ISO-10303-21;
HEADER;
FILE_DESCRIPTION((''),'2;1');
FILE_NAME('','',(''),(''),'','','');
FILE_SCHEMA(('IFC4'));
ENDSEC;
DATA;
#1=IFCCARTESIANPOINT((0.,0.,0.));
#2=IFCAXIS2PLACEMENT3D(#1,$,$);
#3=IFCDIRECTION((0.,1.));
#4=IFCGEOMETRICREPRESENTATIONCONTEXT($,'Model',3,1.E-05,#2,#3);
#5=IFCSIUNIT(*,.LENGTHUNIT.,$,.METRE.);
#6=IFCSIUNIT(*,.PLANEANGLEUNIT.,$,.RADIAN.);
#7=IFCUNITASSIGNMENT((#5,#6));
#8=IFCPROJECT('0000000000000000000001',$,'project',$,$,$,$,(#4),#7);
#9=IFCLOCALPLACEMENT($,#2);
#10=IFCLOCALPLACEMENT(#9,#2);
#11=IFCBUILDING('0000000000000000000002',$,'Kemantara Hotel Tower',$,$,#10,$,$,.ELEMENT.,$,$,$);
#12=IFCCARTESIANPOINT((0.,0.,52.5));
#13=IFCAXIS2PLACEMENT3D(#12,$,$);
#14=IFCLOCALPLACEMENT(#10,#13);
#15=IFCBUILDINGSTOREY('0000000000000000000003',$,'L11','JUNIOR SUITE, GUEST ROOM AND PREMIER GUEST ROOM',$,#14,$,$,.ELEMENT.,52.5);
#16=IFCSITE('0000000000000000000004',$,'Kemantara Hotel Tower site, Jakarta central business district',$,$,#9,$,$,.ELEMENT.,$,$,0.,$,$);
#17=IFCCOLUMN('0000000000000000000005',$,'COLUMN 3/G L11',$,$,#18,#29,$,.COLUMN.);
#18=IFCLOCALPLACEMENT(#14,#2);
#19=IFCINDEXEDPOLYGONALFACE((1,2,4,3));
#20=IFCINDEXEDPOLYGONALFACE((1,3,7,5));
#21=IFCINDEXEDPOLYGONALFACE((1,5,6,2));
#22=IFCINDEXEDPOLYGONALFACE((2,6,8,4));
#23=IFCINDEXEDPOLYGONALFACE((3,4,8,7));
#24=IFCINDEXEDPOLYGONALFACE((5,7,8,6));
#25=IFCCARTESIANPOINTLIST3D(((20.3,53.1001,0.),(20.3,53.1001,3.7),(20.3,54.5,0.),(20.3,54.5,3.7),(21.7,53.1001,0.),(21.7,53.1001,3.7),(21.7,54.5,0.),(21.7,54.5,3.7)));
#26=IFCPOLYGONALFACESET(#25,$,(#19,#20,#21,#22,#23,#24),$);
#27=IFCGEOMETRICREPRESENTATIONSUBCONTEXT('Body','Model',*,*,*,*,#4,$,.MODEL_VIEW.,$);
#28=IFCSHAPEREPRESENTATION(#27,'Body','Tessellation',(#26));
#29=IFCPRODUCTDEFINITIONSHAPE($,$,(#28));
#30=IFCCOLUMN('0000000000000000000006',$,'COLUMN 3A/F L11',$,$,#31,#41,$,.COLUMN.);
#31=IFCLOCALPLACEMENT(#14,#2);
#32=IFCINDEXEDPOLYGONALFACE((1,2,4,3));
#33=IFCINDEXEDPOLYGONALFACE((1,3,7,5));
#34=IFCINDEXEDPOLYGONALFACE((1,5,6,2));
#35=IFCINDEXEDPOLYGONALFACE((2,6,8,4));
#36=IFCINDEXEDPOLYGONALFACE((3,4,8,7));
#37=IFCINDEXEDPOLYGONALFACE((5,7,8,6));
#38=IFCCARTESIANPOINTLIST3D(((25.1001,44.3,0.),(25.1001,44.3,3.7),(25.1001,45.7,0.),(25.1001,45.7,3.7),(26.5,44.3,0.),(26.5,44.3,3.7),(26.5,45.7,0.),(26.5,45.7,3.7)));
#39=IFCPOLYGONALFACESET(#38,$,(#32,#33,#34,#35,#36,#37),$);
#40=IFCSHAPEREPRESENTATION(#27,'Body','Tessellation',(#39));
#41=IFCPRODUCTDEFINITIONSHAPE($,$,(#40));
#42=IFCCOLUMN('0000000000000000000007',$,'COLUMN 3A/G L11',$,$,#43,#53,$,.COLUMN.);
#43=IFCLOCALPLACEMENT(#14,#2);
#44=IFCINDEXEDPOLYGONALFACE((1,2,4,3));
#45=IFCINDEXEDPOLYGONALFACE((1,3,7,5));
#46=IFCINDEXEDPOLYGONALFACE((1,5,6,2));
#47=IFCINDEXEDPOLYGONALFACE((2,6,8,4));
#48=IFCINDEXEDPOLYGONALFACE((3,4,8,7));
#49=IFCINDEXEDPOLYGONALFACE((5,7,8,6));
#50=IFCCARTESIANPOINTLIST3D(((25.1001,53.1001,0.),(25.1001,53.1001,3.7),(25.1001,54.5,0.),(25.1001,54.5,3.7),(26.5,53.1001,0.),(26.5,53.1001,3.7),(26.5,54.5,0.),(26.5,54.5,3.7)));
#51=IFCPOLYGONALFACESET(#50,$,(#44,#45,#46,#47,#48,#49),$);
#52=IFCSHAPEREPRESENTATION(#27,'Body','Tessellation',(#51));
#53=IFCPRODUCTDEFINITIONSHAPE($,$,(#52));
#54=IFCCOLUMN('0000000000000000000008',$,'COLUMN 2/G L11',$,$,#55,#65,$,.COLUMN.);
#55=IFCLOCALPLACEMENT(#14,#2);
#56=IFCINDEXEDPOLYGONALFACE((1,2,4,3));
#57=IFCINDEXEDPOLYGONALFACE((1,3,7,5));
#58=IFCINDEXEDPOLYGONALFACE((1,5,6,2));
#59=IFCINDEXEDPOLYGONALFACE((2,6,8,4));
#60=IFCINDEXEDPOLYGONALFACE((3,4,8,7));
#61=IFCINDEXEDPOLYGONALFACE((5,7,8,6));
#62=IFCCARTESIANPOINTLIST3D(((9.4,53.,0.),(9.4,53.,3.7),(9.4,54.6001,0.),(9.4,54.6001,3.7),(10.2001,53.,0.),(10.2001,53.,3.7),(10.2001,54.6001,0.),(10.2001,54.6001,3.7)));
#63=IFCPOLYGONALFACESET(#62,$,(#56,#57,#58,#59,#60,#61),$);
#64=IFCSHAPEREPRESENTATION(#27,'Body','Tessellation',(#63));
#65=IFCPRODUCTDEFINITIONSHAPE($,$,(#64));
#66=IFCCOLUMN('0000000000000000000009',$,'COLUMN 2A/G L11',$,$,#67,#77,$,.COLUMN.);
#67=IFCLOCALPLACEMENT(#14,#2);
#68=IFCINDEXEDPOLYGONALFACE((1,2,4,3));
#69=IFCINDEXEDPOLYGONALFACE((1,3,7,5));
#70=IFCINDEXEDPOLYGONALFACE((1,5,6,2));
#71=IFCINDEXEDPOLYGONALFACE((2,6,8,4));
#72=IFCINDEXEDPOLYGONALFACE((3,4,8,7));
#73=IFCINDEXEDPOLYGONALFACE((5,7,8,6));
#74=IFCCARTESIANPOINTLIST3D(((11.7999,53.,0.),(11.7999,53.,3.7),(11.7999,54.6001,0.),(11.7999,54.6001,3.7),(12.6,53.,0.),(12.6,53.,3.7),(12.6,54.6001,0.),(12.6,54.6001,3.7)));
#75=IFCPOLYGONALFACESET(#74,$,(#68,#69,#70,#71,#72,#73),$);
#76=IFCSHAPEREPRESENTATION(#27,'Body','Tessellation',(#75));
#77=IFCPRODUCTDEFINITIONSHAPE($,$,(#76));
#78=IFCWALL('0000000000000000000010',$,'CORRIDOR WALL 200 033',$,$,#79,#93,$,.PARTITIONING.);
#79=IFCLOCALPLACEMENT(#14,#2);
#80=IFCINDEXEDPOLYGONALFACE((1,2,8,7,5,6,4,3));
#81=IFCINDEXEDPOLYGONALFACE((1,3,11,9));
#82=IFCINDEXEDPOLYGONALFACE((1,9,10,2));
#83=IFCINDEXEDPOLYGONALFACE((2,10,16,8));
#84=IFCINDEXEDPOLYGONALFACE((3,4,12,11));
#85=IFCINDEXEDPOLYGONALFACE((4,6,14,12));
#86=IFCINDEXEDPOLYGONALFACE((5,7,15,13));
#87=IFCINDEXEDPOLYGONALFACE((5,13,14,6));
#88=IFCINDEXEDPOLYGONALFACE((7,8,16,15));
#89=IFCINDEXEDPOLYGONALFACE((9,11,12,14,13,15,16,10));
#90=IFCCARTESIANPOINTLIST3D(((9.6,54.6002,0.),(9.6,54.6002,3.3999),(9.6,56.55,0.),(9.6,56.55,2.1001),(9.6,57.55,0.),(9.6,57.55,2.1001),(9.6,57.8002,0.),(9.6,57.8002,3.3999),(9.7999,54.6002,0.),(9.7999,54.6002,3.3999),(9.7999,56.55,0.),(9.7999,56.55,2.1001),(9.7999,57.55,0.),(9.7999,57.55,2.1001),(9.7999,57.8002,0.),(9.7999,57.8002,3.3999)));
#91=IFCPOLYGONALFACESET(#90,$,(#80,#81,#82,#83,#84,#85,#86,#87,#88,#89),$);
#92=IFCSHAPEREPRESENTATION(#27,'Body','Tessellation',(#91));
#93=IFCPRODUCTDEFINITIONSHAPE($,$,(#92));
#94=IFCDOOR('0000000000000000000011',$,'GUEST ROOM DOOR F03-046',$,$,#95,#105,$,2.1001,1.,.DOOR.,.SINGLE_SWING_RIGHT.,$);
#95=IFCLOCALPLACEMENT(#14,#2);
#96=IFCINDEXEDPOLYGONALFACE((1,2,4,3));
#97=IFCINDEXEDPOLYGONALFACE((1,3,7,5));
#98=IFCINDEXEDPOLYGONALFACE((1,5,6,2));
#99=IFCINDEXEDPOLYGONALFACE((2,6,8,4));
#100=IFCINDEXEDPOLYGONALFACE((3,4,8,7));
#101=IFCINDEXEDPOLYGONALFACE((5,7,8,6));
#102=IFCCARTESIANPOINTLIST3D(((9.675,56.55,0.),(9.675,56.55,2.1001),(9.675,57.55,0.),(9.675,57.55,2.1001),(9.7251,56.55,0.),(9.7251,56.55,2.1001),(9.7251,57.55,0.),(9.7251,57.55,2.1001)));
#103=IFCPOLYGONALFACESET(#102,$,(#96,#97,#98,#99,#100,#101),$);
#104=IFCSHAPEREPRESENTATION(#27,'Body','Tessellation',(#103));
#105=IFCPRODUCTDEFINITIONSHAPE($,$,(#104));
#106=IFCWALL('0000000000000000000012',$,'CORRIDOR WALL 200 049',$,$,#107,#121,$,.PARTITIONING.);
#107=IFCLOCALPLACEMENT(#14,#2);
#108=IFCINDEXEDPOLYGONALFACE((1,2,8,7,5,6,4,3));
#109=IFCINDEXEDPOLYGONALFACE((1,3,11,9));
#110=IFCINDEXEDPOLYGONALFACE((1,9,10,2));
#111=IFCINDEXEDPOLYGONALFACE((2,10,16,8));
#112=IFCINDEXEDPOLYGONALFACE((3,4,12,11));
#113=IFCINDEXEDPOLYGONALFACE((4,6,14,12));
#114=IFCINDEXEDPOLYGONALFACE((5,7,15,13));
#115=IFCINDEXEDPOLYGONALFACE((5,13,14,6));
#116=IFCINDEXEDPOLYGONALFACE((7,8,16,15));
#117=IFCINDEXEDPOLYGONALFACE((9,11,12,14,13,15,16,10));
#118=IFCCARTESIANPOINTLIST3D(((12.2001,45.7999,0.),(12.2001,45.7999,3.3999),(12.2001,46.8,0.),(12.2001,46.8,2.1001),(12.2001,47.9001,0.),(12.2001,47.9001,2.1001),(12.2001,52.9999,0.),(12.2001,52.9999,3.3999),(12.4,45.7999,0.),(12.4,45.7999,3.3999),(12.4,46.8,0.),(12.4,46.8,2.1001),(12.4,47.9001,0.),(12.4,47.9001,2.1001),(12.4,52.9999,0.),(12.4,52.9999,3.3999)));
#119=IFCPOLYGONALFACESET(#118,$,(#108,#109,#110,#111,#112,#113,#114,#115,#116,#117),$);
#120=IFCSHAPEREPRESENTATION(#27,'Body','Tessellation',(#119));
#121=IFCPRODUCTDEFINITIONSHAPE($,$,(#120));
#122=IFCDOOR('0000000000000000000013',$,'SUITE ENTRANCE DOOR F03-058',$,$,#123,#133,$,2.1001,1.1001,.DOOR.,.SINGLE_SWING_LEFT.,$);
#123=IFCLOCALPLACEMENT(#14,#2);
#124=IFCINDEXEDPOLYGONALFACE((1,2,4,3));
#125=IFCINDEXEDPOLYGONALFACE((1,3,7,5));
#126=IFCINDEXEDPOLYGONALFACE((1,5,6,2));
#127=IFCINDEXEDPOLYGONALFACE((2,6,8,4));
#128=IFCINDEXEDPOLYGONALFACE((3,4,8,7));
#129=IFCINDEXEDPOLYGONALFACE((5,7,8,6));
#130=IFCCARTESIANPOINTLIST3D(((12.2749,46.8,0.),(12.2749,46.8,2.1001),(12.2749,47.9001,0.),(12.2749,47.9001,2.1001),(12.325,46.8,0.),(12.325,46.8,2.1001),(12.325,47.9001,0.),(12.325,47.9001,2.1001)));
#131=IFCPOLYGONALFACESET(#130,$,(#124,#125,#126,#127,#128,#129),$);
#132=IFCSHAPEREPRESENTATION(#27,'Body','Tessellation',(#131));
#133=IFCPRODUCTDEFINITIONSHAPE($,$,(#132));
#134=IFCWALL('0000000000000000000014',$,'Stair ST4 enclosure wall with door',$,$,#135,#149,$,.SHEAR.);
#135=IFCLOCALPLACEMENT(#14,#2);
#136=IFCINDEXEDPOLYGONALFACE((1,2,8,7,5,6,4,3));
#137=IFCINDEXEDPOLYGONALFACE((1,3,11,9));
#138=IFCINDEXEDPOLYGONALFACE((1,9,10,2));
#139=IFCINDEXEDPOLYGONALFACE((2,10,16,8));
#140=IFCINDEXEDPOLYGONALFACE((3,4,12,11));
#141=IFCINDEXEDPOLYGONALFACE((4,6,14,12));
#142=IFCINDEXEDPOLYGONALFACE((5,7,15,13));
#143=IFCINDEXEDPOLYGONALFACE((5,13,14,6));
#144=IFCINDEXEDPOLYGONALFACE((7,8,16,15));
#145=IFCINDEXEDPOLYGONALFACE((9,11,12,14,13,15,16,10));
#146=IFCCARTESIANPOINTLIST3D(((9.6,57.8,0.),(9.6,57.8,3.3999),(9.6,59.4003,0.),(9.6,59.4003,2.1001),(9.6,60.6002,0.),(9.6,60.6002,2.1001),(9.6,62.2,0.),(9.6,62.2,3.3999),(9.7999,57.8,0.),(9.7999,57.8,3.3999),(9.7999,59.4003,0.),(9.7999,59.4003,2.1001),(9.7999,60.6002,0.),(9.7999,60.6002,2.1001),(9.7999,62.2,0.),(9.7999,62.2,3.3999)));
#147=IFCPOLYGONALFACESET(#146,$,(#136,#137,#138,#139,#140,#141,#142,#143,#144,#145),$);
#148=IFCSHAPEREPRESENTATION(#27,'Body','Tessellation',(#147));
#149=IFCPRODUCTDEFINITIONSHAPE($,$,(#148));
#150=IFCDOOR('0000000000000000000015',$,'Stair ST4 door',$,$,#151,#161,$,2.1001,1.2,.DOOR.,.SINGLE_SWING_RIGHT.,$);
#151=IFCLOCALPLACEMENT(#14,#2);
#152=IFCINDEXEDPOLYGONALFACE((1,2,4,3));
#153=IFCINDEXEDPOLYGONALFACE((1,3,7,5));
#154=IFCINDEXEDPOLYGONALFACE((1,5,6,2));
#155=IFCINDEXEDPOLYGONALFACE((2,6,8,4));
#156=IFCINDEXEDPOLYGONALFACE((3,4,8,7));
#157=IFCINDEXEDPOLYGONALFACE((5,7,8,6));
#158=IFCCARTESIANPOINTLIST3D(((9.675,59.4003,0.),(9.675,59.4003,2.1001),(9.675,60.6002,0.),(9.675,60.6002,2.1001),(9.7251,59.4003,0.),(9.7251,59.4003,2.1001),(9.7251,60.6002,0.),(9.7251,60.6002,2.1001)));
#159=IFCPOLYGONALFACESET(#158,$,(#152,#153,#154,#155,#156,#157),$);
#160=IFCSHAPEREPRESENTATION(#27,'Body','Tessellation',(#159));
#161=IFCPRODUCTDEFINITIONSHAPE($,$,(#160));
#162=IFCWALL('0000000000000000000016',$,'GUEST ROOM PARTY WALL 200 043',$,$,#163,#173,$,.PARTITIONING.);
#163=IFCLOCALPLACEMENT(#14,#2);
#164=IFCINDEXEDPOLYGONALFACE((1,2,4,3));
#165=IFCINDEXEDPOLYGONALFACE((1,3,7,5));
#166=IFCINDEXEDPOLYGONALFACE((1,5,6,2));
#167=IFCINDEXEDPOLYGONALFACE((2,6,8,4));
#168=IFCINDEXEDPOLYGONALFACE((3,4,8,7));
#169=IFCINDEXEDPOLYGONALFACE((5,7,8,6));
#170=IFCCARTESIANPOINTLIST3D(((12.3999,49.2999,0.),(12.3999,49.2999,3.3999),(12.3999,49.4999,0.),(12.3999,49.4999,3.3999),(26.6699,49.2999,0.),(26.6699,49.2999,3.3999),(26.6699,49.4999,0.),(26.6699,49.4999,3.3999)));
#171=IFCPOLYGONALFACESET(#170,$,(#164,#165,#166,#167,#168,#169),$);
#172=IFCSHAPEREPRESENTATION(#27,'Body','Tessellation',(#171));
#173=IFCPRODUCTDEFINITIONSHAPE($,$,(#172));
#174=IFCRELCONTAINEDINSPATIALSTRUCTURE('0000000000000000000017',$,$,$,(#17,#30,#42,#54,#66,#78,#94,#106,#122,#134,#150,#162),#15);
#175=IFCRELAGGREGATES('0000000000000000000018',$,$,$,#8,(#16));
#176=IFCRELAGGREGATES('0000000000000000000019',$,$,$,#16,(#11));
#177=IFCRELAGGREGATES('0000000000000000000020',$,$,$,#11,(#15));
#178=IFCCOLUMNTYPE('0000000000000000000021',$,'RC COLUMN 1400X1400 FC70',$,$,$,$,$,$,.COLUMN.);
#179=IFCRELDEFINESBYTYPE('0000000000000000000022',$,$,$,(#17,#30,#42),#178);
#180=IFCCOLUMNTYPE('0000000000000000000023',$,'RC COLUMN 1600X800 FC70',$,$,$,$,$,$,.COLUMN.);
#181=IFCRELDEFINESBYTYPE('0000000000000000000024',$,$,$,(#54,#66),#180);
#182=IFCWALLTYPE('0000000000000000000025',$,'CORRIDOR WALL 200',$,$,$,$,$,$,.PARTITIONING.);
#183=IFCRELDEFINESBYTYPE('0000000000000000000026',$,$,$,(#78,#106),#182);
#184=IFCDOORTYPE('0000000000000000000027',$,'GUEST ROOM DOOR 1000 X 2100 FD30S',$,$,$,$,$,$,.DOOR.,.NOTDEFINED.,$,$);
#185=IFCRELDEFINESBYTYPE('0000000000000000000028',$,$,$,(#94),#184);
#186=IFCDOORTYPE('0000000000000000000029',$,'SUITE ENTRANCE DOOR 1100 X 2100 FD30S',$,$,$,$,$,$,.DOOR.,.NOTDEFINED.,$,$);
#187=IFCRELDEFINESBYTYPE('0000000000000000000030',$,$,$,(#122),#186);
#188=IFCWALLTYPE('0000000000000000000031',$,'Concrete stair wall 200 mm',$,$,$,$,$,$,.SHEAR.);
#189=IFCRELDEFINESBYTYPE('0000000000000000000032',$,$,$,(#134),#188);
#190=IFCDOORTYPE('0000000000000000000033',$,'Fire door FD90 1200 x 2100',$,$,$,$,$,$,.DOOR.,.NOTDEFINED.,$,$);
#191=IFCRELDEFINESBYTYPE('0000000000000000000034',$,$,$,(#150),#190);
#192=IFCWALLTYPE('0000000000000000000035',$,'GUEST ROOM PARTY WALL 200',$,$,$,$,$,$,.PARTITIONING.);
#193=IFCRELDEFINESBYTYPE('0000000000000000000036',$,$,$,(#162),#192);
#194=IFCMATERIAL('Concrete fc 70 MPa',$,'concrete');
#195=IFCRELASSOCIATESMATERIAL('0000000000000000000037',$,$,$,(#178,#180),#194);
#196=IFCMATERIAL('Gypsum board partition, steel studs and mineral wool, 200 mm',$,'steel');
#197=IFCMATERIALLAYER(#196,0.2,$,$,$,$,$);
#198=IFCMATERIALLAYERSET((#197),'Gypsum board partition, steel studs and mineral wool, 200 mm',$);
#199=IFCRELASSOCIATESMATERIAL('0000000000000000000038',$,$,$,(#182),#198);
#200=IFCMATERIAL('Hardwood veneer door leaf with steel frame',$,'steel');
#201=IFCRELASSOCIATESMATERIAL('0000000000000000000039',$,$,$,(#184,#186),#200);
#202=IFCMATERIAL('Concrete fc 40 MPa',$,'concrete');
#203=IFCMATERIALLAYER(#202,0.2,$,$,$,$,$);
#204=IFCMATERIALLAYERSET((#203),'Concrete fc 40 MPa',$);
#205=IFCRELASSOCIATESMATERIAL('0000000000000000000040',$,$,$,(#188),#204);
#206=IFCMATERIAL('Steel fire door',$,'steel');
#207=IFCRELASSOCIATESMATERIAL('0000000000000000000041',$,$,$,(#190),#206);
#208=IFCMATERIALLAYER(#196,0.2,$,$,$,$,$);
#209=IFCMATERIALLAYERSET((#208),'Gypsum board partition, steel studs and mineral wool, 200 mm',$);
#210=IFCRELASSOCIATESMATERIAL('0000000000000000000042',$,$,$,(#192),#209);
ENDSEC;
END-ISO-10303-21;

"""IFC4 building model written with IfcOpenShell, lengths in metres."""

from ifc_helpers import new_model, si_unit, direction, frame, frame_2d, origin, origin_2d, place, context, subcontext, project, spatial, rectangle, extrude, material, layer, layer_set, material_profile, profile_set, type_object, element, fill, save


model = new_model("IFC4")

# Units and contexts
model_context = context("Model", 3, precision=1e-05, world=origin(), true_north=direction((0.0, 1.0)))
body_context = subcontext(model_context, "Body", "Model", "MODEL_VIEW")
ifc_project = project(units=[si_unit("LENGTHUNIT", "METRE"), si_unit("PLANEANGLEUNIT", "RADIAN")], contexts=[model_context])

# Site, building, storey
site_placement = place(None, origin())
site = spatial("IfcSite", under=ifc_project, at=site_placement, Name="Kemantara Hotel Tower site, Jakarta central business district", CompositionType="ELEMENT", RefElevation=0.0)
building_placement = place(site_placement, origin())
building = spatial("IfcBuilding", under=site, at=building_placement, Name="Kemantara Hotel Tower", CompositionType="ELEMENT")
storey_placement = place(building_placement, frame((0.0, 0.0, 52.5)))
storey = spatial("IfcBuildingStorey", under=building, at=storey_placement, Name="L11", Description="JUNIOR SUITE, GUEST ROOM AND PREMIER GUEST ROOM", CompositionType="ELEMENT", Elevation=52.5)

# Columns
ifc_material_1 = material(Name="Concrete fc 70 MPa", Category="concrete")
ifc_material_profile_1 = material_profile(ifc_material_1, rectangle(XDim=1.3999, YDim=1.3999, at=origin_2d()), Name="RC 1400X1400")
ifc_profile_set_1 = profile_set([ifc_material_profile_1], Name="Concrete fc 70 MPa")
column_type_1 = type_object("IfcColumnType", Name="RC COLUMN 1400X1400 FC70", PredefinedType="COLUMN", material=ifc_profile_set_1)
for number, where, z_axis, x_axis, name in (
    (1, (21.0, 53.8, 0.0), (0.0, 0.0, 1.0), (1.0, 0.0, 0.0), "COLUMN 3/G L11"),
    (2, (25.8, 45.0, 0.0), (0.0, 0.0, 1.0), (1.0, 0.0, 0.0), "COLUMN 3A/F L11"),
    (3, (25.8, 53.8, 0.0), (0.0, 0.0, 1.0), (1.0, 0.0, 0.0), "COLUMN 3A/G L11"),
):
    element("IfcColumn", number, at=place(storey_placement, frame(where, z_axis=z_axis, x_axis=x_axis)), inside=storey, type_object=column_type_1, Name=name, PredefinedType="COLUMN", context=body_context, shape_type="SweptSolid", body=[
        extrude(rectangle(XDim=1.3999, YDim=1.3999, at=origin_2d()), origin(), (0.0, 0.0, 1.0), 3.7),
    ])
ifc_material_profile_2 = material_profile(ifc_material_1, rectangle(XDim=1.6001, YDim=0.8, at=origin_2d()), Name="RC 1600X800")
ifc_profile_set_2 = profile_set([ifc_material_profile_2], Name="Concrete fc 70 MPa")
column_type_2 = type_object("IfcColumnType", Name="RC COLUMN 1600X800 FC70", PredefinedType="COLUMN", material=ifc_profile_set_2)
for number, where, z_axis, x_axis, name in (
    (4, (9.8, 53.8, 0.0), (0.0, 0.0, 1.0), (0.0, 1.0, 0.0), "COLUMN 2/G L11"),
    (5, (12.2, 53.8, 0.0), (0.0, 0.0, 1.0), (0.0, 1.0, 0.0), "COLUMN 2A/G L11"),
):
    element("IfcColumn", number, at=place(storey_placement, frame(where, z_axis=z_axis, x_axis=x_axis)), inside=storey, type_object=column_type_2, Name=name, PredefinedType="COLUMN", context=body_context, shape_type="SweptSolid", body=[
        extrude(rectangle(XDim=1.6001, YDim=0.8, at=origin_2d()), origin(), (0.0, 0.0, 1.0), 3.7),
    ])

# Walls, openings, doors
ifc_material_2 = material(Name="Gypsum board partition, steel studs and mineral wool, 200 mm", Category="steel")
ifc_layer_1 = layer(ifc_material_2, 0.2)
ifc_layer_set_1 = layer_set([ifc_layer_1], Name="Gypsum board partition, steel studs and mineral wool, 200 mm")
wall_type_1 = type_object("IfcWallType", Name="CORRIDOR WALL 200", PredefinedType="PARTITIONING", material=ifc_layer_set_1)
wall_1_placement = place(storey_placement, frame((9.7, 54.6001, 0.0), z_axis=(0.0, 0.0, 1.0), x_axis=(0.0, 1.0, 0.0)))
wall_1 = element("IfcWall", 6, at=wall_1_placement, inside=storey, type_object=wall_type_1, Name="CORRIDOR WALL 200 033", PredefinedType="PARTITIONING", context=body_context, shape_type="SweptSolid", body=[
    extrude(rectangle(XDim=3.2, YDim=0.2, at=frame_2d((1.6001, 0.0))), origin(), (0.0, 0.0, 1.0), 3.3999),
])
opening_1_placement = place(wall_1_placement, frame((1.95, 0.0, 0.0)))
opening_1 = element("IfcOpeningElement", 7, at=opening_1_placement, cuts=wall_1, PredefinedType="OPENING", context=body_context, shape_type="SweptSolid", body=[
    extrude(rectangle(XDim=1.0, YDim=2.1001, at=frame_2d((0.5, 1.05))), frame((0.0, 0.1099, 0.0), z_axis=(0.0, -1.0, 0.0), x_axis=(1.0, 0.0, 0.0)), (0.0, 0.0, 1.0), 0.22),
])
ifc_material_3 = material(Name="Hardwood veneer door leaf with steel frame", Category="steel")
door_type_1 = type_object("IfcDoorType", Name="GUEST ROOM DOOR 1000 X 2100 FD30S", OperationType="NOTDEFINED", PredefinedType="DOOR", material=ifc_material_3)
door_1_placement = place(opening_1_placement, origin())
door_1 = element("IfcDoor", 8, at=door_1_placement, inside=storey, type_object=door_type_1, Name="GUEST ROOM DOOR F03-046", OperationType="SINGLE_SWING_RIGHT", OverallHeight=2.1001, OverallWidth=1.0, PredefinedType="DOOR", context=body_context, shape_type="SweptSolid", body=[
    extrude(rectangle(XDim=1.0, YDim=2.1001, at=frame_2d((0.5, 1.05))), frame((0.0, 0.0249, 0.0), z_axis=(0.0, -1.0, 0.0), x_axis=(1.0, 0.0, 0.0)), (0.0, 0.0, 1.0), 0.05),
])
fill(opening_1, door_1)
wall_2_placement = place(storey_placement, frame((12.3, 53.0, 0.0), z_axis=(0.0, 0.0, 1.0), x_axis=(0.0, -1.0, 0.0)))
wall_2 = element("IfcWall", 9, at=wall_2_placement, inside=storey, type_object=wall_type_1, Name="CORRIDOR WALL 200 049", PredefinedType="PARTITIONING", context=body_context, shape_type="SweptSolid", body=[
    extrude(rectangle(XDim=7.2, YDim=0.2, at=frame_2d((3.6001, 0.0))), origin(), (0.0, 0.0, 1.0), 3.3999),
])
opening_2_placement = place(wall_2_placement, frame((5.0999, 0.0, 0.0)))
opening_2 = element("IfcOpeningElement", 10, at=opening_2_placement, cuts=wall_2, PredefinedType="OPENING", context=body_context, shape_type="SweptSolid", body=[
    extrude(rectangle(XDim=1.1001, YDim=2.1001, at=frame_2d((0.55, 1.05))), frame((0.0, 0.1099, 0.0), z_axis=(0.0, -1.0, 0.0), x_axis=(1.0, 0.0, 0.0)), (0.0, 0.0, 1.0), 0.22),
])
door_type_2 = type_object("IfcDoorType", Name="SUITE ENTRANCE DOOR 1100 X 2100 FD30S", OperationType="NOTDEFINED", PredefinedType="DOOR", material=ifc_material_3)
door_2_placement = place(opening_2_placement, origin())
door_2 = element("IfcDoor", 11, at=door_2_placement, inside=storey, type_object=door_type_2, Name="SUITE ENTRANCE DOOR F03-058", OperationType="SINGLE_SWING_LEFT", OverallHeight=2.1001, OverallWidth=1.1001, PredefinedType="DOOR", context=body_context, shape_type="SweptSolid", body=[
    extrude(rectangle(XDim=1.1001, YDim=2.1001, at=frame_2d((0.55, 1.05))), frame((0.0, 0.0249, 0.0), z_axis=(0.0, -1.0, 0.0), x_axis=(1.0, 0.0, 0.0)), (0.0, 0.0, 1.0), 0.05),
])
fill(opening_2, door_2)
ifc_material_4 = material(Name="Concrete fc 40 MPa", Category="concrete")
ifc_layer_2 = layer(ifc_material_4, 0.2)
ifc_layer_set_2 = layer_set([ifc_layer_2], Name="Concrete fc 40 MPa")
wall_type_2 = type_object("IfcWallType", Name="Concrete stair wall 200 mm", PredefinedType="SHEAR", material=ifc_layer_set_2)
wall_3_placement = place(storey_placement, frame((9.7, 57.8, 0.0), z_axis=(0.0, 0.0, 1.0), x_axis=(0.0, 1.0, 0.0)))
wall_3 = element("IfcWall", 12, at=wall_3_placement, inside=storey, type_object=wall_type_2, Name="Stair ST4 enclosure wall with door", PredefinedType="SHEAR", context=body_context, shape_type="SweptSolid", body=[
    extrude(rectangle(XDim=4.3999, YDim=0.2, at=frame_2d((2.2, 0.0))), origin(), (0.0, 0.0, 1.0), 3.3999),
])
opening_3_placement = place(wall_3_placement, frame((1.6001, 0.0, 0.0)))
opening_3 = element("IfcOpeningElement", 13, at=opening_3_placement, cuts=wall_3, PredefinedType="OPENING", context=body_context, shape_type="SweptSolid", body=[
    extrude(rectangle(XDim=1.2, YDim=2.1001, at=frame_2d((0.6001, 1.05))), frame((0.0, 0.1099, 0.0), z_axis=(0.0, -1.0, 0.0), x_axis=(1.0, 0.0, 0.0)), (0.0, 0.0, 1.0), 0.22),
])
ifc_material_5 = material(Name="Steel fire door", Category="steel")
door_type_3 = type_object("IfcDoorType", Name="Fire door FD90 1200 x 2100", OperationType="NOTDEFINED", PredefinedType="DOOR", material=ifc_material_5)
door_3_placement = place(opening_3_placement, origin())
door_3 = element("IfcDoor", 14, at=door_3_placement, inside=storey, type_object=door_type_3, Name="Stair ST4 door", OperationType="SINGLE_SWING_RIGHT", OverallHeight=2.1001, OverallWidth=1.2, PredefinedType="DOOR", context=body_context, shape_type="SweptSolid", body=[
    extrude(rectangle(XDim=1.2, YDim=2.1001, at=frame_2d((0.6001, 1.05))), frame((0.0, 0.0249, 0.0), z_axis=(0.0, -1.0, 0.0), x_axis=(1.0, 0.0, 0.0)), (0.0, 0.0, 1.0), 0.05),
])
fill(opening_3, door_3)

# Wall
ifc_layer_3 = layer(ifc_material_2, 0.2)
ifc_layer_set_3 = layer_set([ifc_layer_3], Name="Gypsum board partition, steel studs and mineral wool, 200 mm")
wall_type_3 = type_object("IfcWallType", Name="GUEST ROOM PARTY WALL 200", PredefinedType="PARTITIONING", material=ifc_layer_set_3)
for number, where, z_axis, x_axis, name in (
    (15, (12.3999, 49.3999, 0.0), (0.0, 0.0, 1.0), (1.0, 0.0, 0.0), "GUEST ROOM PARTY WALL 200 043"),
):
    element("IfcWall", number, at=place(storey_placement, frame(where, z_axis=z_axis, x_axis=x_axis)), inside=storey, type_object=wall_type_3, Name=name, PredefinedType="PARTITIONING", context=body_context, shape_type="SweptSolid", body=[
        extrude(rectangle(XDim=14.27, YDim=0.2, at=frame_2d((7.135, 0.0))), origin(), (0.0, 0.0, 1.0), 3.3999),
    ])

save(model, "model.ifc")
